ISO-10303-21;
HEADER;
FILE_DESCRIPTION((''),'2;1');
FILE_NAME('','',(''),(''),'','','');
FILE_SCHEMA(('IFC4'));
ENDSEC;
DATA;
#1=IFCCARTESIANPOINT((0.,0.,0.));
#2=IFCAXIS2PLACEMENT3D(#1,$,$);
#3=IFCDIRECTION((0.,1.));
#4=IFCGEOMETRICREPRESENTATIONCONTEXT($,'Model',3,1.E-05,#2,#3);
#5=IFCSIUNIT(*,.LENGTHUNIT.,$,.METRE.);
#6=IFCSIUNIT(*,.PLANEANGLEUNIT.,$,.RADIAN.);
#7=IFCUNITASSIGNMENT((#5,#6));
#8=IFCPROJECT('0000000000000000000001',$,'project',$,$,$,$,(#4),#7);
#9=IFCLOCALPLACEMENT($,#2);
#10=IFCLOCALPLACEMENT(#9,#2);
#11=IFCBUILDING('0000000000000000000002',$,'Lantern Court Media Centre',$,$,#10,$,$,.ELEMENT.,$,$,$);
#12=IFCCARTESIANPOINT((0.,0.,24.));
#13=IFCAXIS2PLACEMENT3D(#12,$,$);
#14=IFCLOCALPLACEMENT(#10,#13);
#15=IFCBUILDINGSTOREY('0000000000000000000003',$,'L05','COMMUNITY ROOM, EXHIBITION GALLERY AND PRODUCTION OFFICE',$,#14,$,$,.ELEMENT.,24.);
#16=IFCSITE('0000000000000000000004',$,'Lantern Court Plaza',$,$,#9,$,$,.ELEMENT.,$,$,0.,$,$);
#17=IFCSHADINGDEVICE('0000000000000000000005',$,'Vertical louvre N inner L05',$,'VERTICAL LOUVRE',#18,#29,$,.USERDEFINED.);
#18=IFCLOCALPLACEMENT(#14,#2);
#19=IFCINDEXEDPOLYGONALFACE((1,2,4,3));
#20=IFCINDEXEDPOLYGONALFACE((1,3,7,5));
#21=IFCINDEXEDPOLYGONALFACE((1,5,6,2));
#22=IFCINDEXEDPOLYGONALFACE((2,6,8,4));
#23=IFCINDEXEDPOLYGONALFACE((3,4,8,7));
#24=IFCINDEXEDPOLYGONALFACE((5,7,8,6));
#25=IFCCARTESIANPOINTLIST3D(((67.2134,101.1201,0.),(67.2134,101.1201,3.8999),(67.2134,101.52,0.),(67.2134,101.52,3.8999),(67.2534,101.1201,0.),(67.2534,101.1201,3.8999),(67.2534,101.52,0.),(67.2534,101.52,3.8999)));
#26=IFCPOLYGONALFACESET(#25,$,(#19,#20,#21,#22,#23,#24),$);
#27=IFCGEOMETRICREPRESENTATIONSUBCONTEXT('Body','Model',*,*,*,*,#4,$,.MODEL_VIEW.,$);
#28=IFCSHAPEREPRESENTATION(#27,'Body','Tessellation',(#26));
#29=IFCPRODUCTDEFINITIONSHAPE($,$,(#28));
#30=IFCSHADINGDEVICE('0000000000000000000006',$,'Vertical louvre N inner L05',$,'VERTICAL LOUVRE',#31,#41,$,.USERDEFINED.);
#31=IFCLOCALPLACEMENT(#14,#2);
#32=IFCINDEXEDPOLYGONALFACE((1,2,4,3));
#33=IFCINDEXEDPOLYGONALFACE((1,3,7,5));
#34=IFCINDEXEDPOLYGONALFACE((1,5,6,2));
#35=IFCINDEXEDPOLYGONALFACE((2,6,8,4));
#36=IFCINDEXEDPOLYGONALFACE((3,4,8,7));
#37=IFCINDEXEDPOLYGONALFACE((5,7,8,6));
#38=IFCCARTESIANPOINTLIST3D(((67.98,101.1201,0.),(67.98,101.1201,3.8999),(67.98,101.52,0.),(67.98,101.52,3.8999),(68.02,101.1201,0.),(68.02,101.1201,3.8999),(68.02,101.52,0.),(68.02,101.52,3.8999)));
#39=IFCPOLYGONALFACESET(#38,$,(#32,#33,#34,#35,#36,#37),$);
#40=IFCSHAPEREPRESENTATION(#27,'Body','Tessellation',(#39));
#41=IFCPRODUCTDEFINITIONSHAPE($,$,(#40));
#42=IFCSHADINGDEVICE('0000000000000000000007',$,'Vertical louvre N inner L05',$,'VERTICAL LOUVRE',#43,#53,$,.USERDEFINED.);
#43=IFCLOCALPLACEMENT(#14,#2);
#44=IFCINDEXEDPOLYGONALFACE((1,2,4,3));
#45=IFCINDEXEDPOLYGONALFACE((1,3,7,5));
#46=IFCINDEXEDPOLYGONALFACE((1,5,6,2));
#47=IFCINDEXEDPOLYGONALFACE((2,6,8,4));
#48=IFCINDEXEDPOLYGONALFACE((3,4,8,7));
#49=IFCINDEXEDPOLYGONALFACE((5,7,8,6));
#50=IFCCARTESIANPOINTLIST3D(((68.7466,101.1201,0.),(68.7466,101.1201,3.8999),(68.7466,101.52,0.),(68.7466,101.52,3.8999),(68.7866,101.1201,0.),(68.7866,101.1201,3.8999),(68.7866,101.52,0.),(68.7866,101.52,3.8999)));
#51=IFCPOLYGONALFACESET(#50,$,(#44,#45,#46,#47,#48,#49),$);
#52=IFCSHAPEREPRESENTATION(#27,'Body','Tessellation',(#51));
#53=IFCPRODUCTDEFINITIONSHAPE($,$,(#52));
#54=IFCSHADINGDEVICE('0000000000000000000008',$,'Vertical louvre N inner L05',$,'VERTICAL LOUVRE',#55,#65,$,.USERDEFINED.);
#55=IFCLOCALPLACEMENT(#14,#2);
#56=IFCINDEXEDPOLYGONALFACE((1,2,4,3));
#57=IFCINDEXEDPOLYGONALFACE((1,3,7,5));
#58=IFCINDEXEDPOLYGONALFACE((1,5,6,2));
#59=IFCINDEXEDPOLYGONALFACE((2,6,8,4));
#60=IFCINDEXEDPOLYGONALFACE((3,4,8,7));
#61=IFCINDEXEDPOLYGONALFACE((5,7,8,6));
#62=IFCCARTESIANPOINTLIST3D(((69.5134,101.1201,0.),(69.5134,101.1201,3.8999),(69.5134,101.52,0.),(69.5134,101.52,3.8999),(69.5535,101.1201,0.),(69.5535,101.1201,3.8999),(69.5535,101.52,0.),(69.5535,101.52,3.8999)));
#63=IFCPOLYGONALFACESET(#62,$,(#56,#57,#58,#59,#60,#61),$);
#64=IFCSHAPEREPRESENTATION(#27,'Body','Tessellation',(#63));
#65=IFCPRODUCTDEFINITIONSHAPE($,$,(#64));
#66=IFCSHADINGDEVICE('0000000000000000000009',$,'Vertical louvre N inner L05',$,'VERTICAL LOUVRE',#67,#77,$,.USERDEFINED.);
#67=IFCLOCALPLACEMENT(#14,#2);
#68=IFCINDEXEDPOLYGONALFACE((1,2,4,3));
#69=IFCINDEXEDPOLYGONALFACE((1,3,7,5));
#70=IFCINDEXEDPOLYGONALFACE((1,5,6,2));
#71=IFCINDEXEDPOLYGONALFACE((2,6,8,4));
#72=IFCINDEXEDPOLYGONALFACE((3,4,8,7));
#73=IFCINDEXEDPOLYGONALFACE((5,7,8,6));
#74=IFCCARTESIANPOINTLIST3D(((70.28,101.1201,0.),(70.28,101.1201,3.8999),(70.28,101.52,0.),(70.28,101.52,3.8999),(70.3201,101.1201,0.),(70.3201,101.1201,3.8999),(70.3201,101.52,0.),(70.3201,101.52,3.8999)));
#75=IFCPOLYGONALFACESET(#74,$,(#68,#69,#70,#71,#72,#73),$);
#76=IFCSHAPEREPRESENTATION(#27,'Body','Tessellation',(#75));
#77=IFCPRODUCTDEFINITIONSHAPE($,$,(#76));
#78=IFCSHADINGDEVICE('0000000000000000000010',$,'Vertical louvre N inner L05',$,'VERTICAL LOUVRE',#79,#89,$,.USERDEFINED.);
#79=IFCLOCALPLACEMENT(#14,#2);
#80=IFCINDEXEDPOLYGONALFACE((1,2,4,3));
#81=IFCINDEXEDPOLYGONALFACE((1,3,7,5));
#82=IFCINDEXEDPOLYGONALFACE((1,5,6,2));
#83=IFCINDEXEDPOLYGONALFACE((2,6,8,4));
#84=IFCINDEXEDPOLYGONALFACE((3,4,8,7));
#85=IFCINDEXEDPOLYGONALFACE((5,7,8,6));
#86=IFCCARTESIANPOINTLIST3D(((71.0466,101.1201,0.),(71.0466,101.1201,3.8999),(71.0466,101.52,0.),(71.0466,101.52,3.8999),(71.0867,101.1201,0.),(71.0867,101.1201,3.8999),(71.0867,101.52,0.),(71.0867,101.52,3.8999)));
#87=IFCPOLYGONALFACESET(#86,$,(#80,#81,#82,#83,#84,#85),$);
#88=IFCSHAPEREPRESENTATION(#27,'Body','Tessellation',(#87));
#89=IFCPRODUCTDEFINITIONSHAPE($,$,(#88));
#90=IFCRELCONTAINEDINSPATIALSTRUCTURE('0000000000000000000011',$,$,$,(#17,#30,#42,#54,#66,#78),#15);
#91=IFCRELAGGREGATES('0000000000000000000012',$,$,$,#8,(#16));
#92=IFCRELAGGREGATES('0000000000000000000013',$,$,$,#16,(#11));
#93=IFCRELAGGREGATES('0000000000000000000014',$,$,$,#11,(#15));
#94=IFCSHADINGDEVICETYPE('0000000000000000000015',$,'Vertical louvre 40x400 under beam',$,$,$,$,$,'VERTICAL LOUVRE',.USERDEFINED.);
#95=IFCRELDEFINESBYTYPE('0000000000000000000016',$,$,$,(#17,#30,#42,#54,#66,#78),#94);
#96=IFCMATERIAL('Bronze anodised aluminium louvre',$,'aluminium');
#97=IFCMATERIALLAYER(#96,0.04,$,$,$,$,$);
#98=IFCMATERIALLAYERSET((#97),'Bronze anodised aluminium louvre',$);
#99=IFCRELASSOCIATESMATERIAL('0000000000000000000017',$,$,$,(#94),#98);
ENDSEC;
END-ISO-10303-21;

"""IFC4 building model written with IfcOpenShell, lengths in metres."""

from ifc_helpers import new_model, si_unit, direction, frame, origin, origin_2d, place, context, subcontext, project, spatial, rectangle, extrude, material, layer, layer_set, type_object, element, save


model = new_model("IFC4")

# Units and contexts
model_context = context("Model", 3, precision=1e-05, world=origin(), true_north=direction((0.0, 1.0)))
body_context = subcontext(model_context, "Body", "Model", "MODEL_VIEW")
ifc_project = project(units=[si_unit("LENGTHUNIT", "METRE"), si_unit("PLANEANGLEUNIT", "RADIAN")], contexts=[model_context])

# Site, building, storey
site_placement = place(None, origin())
site = spatial("IfcSite", under=ifc_project, at=site_placement, Name="Lantern Court Plaza", CompositionType="ELEMENT", RefElevation=0.0)
building_placement = place(site_placement, origin())
building = spatial("IfcBuilding", under=site, at=building_placement, Name="Lantern Court Media Centre", CompositionType="ELEMENT")
storey_placement = place(building_placement, frame((0.0, 0.0, 24.0)))
storey = spatial("IfcBuildingStorey", under=building, at=storey_placement, Name="L05", Description="COMMUNITY ROOM, EXHIBITION GALLERY AND PRODUCTION OFFICE", CompositionType="ELEMENT", Elevation=24.0)

# Shading devices
ifc_material_1 = material(Name="Bronze anodised aluminium louvre", Category="aluminium")
ifc_layer_1 = layer(ifc_material_1, 0.04)
ifc_layer_set_1 = layer_set([ifc_layer_1], Name="Bronze anodised aluminium louvre")
shading_device_type = type_object("IfcShadingDeviceType", Name="Vertical louvre 40x400 under beam", ElementType="VERTICAL LOUVRE", PredefinedType="USERDEFINED", material=ifc_layer_set_1)
for number, where, z_axis, x_axis, name in (
    (1, (67.2334, 101.3201, 0.0), (0.0, 0.0, 1.0), (1.0, 0.0, 0.0), "Vertical louvre N inner L05"),
    (2, (68.0, 101.3201, 0.0), (0.0, 0.0, 1.0), (1.0, 0.0, 0.0), "Vertical louvre N inner L05"),
    (3, (68.7666, 101.3201, 0.0), (0.0, 0.0, 1.0), (1.0, 0.0, 0.0), "Vertical louvre N inner L05"),
    (4, (69.5334, 101.3201, 0.0), (0.0, 0.0, 1.0), (1.0, 0.0, 0.0), "Vertical louvre N inner L05"),
    (5, (70.3, 101.3201, 0.0), (0.0, 0.0, 1.0), (1.0, 0.0, 0.0), "Vertical louvre N inner L05"),
    (6, (71.0667, 101.3201, 0.0), (0.0, 0.0, 1.0), (1.0, 0.0, 0.0), "Vertical louvre N inner L05"),
):
    element("IfcShadingDevice", number, at=place(storey_placement, frame(where, z_axis=z_axis, x_axis=x_axis)), inside=storey, type_object=shading_device_type, Name=name, ObjectType="VERTICAL LOUVRE", PredefinedType="USERDEFINED", context=body_context, shape_type="SweptSolid", body=[
        extrude(rectangle(XDim=0.04, YDim=0.3999, at=origin_2d()), origin(), (0.0, 0.0, 1.0), 3.8999),
    ])

save(model, "model.ifc")
